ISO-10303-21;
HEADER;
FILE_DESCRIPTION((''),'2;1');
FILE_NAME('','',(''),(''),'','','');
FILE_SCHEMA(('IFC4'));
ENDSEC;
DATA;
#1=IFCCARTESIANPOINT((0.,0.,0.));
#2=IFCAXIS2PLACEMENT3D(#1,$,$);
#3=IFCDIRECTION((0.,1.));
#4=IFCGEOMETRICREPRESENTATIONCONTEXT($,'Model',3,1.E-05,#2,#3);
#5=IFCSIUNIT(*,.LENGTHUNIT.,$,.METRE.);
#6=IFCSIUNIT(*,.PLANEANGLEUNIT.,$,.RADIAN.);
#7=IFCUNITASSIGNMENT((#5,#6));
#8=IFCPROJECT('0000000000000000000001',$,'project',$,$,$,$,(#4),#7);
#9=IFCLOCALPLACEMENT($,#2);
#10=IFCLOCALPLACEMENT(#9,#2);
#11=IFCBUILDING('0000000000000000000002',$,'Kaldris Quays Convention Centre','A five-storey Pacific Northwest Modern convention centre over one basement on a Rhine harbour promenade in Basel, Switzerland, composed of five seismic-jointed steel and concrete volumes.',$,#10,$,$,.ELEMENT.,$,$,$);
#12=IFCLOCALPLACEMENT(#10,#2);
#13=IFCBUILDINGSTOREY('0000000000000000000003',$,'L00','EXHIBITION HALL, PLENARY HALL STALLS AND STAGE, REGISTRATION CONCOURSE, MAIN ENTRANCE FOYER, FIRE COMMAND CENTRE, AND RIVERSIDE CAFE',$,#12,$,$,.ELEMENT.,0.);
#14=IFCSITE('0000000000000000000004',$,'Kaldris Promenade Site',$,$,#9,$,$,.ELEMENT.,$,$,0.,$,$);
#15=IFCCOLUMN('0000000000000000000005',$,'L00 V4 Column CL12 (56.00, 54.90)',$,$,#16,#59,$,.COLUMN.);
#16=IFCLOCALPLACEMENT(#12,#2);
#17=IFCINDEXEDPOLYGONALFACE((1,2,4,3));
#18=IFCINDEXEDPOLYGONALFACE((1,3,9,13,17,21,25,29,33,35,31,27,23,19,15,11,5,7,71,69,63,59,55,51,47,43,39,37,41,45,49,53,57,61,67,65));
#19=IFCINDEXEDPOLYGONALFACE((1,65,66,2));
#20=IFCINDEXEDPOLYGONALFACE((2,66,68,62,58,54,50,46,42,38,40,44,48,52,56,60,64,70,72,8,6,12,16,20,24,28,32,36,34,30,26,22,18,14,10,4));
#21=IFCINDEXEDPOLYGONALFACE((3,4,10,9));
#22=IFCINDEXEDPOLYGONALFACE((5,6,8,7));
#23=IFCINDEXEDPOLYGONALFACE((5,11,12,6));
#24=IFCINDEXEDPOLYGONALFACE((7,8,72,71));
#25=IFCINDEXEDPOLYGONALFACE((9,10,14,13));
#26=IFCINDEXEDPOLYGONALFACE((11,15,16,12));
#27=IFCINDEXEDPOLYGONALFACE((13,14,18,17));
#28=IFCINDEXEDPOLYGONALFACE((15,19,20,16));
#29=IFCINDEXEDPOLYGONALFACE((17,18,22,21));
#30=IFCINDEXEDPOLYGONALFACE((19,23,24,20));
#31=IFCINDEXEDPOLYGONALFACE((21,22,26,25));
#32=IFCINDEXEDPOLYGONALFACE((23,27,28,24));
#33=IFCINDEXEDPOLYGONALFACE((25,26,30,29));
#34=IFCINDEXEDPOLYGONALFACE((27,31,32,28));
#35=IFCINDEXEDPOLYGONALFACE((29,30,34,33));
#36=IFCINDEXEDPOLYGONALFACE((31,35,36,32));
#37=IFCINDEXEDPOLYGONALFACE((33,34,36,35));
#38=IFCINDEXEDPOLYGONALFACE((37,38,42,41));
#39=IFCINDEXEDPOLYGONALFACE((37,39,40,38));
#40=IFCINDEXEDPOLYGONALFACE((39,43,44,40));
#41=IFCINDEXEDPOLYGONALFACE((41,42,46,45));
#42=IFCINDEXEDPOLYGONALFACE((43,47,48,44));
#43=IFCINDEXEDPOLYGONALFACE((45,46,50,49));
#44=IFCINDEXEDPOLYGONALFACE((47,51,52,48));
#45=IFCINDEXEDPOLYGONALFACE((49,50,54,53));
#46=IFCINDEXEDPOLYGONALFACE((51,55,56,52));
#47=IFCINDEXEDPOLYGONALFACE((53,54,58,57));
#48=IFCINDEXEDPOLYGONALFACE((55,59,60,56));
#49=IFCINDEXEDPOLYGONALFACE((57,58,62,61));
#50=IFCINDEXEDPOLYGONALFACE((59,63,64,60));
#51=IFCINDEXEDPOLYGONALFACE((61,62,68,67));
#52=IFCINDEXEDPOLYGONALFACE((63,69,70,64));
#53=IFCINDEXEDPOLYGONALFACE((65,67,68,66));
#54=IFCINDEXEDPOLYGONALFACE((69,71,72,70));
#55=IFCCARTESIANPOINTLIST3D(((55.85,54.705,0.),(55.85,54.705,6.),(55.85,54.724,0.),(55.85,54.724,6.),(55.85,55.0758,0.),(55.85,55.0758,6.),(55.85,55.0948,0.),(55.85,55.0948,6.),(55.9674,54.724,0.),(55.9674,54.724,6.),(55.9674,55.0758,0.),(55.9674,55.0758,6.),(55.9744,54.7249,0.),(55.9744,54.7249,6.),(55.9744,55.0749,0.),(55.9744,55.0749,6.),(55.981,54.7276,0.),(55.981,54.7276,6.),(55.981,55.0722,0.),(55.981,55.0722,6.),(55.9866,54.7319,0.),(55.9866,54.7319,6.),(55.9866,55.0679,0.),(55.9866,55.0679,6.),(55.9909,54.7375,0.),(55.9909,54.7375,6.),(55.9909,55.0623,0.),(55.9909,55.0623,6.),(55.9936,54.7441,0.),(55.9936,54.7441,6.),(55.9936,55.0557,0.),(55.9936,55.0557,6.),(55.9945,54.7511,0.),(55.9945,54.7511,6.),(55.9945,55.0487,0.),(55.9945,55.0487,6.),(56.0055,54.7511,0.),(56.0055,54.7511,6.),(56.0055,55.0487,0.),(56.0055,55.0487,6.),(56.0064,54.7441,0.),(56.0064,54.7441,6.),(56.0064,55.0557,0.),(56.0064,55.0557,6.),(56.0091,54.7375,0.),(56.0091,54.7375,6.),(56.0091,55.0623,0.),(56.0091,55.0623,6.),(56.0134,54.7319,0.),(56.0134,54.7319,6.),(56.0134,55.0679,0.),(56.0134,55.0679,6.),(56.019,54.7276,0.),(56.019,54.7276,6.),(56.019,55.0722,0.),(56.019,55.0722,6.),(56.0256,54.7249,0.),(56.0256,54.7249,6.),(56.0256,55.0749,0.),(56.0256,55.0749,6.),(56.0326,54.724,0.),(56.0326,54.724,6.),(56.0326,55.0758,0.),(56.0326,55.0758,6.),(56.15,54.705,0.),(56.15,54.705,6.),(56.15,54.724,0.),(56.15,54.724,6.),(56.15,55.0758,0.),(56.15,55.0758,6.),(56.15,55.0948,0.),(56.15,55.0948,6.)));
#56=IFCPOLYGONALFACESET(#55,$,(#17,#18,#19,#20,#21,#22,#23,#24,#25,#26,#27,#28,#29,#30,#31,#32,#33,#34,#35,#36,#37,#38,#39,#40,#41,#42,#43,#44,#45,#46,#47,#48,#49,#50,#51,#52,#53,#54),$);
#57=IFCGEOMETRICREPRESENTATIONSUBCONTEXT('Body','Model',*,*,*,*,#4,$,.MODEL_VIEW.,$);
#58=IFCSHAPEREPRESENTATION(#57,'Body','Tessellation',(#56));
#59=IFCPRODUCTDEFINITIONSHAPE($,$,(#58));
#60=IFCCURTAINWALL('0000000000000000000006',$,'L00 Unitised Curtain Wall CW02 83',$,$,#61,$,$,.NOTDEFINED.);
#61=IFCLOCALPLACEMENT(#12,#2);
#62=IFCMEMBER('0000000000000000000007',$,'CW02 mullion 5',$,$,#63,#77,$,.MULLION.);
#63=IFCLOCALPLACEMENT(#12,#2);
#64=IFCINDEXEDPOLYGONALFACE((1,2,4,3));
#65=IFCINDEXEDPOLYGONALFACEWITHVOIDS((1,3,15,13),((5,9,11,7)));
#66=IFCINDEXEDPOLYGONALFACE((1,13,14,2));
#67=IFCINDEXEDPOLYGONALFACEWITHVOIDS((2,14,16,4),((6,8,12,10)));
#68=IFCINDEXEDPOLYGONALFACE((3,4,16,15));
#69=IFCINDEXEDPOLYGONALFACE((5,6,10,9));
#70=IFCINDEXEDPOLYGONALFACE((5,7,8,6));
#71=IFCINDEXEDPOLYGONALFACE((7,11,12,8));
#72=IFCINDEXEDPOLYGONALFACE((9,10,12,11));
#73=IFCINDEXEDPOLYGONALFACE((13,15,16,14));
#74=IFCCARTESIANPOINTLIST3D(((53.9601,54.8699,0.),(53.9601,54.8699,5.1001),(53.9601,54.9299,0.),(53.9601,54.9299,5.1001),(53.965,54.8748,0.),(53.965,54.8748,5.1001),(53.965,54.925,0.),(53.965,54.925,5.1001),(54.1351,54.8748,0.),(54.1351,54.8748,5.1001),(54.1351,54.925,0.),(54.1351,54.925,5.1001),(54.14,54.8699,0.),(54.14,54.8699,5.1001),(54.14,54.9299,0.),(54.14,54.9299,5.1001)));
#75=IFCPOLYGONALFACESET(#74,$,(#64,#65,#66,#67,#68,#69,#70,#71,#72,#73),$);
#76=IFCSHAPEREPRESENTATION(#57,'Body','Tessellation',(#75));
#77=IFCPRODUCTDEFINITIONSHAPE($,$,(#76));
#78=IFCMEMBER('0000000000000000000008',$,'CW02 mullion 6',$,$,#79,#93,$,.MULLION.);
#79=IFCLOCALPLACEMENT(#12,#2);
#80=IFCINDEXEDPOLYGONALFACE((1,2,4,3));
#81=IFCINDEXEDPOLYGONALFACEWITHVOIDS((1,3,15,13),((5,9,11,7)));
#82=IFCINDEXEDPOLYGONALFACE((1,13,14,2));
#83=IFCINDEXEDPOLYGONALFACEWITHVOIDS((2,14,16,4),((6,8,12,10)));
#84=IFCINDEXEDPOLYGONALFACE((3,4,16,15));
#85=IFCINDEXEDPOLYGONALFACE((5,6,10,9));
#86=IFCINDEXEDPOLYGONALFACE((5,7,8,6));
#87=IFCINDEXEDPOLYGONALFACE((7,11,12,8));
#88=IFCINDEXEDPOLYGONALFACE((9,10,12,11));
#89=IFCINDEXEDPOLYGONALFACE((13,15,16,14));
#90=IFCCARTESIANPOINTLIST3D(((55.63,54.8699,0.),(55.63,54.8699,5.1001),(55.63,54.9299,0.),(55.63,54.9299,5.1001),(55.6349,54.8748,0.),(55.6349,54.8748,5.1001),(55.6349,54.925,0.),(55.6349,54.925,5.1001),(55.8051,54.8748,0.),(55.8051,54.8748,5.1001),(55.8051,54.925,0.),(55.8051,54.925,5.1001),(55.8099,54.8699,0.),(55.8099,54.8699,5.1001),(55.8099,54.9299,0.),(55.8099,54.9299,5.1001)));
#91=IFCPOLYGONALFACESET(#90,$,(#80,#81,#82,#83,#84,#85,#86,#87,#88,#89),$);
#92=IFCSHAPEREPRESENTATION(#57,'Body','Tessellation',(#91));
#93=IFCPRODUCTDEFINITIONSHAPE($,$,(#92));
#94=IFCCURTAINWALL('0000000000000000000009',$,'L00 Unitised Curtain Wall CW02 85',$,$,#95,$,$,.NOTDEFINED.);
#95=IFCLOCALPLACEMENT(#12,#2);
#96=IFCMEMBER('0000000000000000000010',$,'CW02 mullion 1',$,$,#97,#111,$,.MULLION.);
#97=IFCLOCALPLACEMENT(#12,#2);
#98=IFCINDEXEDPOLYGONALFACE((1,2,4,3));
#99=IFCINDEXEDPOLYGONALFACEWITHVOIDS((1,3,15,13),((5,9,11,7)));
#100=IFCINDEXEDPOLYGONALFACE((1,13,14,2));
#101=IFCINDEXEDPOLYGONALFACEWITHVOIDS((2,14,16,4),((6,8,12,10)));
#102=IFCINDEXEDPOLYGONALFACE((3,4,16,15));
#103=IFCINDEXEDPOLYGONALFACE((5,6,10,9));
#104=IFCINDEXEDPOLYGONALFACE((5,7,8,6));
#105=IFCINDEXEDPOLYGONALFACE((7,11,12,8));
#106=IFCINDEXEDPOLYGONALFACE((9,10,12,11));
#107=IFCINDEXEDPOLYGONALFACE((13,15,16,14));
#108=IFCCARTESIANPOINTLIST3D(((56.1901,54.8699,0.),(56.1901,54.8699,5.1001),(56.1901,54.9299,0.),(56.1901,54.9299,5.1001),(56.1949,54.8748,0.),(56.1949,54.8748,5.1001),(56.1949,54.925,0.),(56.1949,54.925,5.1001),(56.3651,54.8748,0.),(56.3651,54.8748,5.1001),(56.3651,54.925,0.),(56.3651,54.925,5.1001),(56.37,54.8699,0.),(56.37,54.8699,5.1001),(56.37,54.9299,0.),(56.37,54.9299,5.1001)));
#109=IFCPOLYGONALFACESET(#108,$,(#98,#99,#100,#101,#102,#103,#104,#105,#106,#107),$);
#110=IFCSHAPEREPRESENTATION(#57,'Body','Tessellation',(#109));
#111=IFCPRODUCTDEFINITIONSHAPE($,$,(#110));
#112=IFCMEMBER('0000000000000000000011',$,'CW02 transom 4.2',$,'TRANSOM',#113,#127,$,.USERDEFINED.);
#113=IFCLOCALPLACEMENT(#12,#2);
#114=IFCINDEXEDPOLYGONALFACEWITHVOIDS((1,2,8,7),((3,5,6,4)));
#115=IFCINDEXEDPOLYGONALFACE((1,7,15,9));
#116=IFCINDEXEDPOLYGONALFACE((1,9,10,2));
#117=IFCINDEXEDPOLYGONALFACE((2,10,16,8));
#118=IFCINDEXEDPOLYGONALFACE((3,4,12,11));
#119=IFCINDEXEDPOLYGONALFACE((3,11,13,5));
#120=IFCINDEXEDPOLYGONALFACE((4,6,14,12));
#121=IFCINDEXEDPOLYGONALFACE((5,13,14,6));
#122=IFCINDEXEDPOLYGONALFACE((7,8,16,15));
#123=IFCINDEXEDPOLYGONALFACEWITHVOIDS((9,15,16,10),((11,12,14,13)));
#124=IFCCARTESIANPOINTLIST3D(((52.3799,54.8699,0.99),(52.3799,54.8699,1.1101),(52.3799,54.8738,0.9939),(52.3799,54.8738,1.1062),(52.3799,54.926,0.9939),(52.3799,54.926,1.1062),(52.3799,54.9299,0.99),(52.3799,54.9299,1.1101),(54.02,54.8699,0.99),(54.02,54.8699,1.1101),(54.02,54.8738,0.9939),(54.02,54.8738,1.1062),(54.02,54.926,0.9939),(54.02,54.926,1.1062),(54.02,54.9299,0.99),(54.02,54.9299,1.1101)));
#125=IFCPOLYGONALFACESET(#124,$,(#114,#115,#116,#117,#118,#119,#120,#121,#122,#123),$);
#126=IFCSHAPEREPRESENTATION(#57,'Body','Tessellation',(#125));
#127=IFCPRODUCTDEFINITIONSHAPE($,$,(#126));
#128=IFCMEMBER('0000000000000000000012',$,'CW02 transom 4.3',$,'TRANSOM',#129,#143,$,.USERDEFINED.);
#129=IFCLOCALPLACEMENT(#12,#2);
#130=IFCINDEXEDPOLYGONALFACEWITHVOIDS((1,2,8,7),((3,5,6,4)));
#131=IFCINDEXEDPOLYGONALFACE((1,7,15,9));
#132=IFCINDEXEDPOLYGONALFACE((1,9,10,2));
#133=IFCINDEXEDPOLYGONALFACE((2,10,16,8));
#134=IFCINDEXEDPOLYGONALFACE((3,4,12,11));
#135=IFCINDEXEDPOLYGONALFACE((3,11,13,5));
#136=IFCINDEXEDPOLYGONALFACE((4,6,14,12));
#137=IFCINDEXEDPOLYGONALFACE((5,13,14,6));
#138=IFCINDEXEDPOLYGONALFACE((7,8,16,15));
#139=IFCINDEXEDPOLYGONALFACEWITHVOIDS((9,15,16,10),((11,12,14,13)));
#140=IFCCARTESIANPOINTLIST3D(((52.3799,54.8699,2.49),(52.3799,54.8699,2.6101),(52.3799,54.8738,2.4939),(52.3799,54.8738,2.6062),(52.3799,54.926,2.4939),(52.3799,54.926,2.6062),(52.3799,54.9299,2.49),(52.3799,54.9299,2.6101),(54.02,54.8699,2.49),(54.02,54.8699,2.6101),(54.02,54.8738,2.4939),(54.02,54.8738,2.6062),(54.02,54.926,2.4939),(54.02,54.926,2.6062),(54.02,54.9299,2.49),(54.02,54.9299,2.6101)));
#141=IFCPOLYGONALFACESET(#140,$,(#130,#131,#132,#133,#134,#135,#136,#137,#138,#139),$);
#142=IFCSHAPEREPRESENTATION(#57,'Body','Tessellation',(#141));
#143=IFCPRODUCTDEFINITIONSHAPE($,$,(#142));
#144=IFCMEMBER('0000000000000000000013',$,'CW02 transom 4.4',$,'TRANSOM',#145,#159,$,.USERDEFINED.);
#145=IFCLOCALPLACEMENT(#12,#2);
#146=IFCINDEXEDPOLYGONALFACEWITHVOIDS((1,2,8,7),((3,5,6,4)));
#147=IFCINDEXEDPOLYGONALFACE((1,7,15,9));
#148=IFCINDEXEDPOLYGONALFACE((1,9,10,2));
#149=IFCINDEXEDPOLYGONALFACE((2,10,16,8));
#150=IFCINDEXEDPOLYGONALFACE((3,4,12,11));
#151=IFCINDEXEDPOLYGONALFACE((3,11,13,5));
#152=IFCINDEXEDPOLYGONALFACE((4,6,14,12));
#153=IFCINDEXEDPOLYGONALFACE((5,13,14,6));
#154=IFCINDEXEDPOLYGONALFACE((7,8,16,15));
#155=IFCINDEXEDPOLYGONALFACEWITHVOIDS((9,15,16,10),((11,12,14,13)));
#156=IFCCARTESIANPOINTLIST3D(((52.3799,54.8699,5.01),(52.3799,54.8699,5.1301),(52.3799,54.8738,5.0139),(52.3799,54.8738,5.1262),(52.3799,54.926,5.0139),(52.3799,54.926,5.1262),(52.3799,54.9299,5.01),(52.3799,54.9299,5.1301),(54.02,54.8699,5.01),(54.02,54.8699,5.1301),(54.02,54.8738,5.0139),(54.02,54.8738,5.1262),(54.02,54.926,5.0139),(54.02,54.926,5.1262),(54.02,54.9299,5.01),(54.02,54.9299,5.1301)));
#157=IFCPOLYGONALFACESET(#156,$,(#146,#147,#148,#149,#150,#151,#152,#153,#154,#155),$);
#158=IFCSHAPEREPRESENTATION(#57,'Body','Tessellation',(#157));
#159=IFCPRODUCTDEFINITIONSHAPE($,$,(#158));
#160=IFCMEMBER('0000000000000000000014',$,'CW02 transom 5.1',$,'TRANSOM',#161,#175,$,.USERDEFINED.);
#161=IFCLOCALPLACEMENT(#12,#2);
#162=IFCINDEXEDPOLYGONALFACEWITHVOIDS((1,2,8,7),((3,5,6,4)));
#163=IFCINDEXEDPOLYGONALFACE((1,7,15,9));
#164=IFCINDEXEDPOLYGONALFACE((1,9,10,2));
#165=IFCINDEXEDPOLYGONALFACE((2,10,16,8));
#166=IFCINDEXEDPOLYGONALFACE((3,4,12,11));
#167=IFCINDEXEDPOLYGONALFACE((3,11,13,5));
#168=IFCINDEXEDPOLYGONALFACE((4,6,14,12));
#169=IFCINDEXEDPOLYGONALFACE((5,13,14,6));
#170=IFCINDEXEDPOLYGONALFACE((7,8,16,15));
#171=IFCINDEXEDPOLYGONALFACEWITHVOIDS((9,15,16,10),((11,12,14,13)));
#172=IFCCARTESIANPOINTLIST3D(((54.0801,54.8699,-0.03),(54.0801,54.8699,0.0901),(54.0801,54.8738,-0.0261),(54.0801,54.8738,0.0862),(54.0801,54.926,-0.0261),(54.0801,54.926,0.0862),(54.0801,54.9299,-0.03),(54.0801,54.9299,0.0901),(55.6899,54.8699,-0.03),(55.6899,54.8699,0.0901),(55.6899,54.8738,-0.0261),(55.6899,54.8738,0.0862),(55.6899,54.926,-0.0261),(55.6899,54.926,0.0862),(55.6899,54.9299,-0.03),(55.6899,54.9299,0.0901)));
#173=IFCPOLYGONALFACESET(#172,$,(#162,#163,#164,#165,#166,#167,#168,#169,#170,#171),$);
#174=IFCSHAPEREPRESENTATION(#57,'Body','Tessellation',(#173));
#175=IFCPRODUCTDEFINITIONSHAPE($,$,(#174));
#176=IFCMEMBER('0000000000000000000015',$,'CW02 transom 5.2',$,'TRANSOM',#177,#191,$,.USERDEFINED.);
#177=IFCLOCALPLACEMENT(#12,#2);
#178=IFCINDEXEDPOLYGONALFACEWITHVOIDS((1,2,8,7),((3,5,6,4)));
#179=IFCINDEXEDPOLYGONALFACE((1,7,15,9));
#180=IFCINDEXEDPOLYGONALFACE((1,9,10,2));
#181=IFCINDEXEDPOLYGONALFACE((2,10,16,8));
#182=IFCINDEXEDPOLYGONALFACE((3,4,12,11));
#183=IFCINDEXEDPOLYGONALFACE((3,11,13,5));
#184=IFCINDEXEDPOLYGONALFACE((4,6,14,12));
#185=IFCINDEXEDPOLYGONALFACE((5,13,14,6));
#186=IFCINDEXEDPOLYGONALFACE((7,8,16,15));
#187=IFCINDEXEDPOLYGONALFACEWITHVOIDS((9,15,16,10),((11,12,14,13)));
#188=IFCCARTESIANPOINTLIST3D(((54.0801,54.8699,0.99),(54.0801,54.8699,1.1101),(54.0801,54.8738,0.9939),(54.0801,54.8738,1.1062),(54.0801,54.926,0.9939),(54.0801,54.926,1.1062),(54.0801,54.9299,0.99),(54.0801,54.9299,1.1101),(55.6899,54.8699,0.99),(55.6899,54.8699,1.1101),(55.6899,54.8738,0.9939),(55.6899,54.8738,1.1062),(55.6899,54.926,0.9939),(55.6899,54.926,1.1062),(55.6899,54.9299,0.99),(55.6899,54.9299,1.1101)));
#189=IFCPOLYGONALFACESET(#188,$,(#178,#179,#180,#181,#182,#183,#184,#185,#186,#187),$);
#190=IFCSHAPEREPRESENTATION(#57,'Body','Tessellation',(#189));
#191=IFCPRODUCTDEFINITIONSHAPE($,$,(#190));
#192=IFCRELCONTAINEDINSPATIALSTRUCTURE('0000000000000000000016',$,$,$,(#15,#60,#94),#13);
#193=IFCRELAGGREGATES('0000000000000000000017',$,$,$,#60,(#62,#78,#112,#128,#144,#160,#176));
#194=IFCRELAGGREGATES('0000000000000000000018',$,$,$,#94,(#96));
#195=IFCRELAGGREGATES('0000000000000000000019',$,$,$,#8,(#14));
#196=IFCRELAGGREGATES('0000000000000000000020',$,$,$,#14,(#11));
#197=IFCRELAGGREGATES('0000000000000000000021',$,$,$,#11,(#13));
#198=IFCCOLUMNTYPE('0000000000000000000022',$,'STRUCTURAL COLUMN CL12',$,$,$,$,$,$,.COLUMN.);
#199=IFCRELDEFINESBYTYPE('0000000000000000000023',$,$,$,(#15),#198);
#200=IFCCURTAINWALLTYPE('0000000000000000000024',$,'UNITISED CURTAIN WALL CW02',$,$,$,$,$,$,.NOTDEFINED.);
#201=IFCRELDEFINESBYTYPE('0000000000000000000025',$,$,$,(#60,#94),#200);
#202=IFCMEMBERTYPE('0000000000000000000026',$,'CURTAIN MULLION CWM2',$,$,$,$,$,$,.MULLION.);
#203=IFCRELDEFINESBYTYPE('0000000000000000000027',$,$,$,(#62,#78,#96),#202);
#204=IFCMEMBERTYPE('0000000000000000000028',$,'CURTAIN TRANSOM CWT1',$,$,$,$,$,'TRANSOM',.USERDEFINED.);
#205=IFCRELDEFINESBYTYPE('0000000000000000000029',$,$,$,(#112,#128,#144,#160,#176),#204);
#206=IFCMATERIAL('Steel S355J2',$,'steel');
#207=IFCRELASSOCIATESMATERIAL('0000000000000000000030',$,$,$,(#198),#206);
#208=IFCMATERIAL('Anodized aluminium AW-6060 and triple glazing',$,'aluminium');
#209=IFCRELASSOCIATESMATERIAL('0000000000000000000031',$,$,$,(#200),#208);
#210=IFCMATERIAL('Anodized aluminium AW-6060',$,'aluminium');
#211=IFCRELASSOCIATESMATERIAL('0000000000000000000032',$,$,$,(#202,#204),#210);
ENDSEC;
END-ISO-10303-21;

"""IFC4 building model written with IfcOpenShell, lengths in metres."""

from ifc_helpers import new_model, si_unit, direction, frame, origin, origin_2d, place, context, subcontext, project, spatial, hollow_rectangle, i_section, extrude, material, material_profile, profile_set, type_object, element, aggregate, save


model = new_model("IFC4")

# Units and contexts
model_context = context("Model", 3, precision=1e-05, world=origin(), true_north=direction((0.0, 1.0)))
body_context = subcontext(model_context, "Body", "Model", "MODEL_VIEW")
ifc_project = project(units=[si_unit("LENGTHUNIT", "METRE"), si_unit("PLANEANGLEUNIT", "RADIAN")], contexts=[model_context])

# Site, building, storey
site_placement = place(None, origin())
site = spatial("IfcSite", under=ifc_project, at=site_placement, Name="Kaldris Promenade Site", CompositionType="ELEMENT", RefElevation=0.0)
building_placement = place(site_placement, origin())
building = spatial("IfcBuilding", under=site, at=building_placement, Name="Kaldris Quays Convention Centre", Description="A five-storey Pacific Northwest Modern convention centre over one basement on a Rhine harbour promenade in Basel, Switzerland, composed of five seismic-jointed steel and concrete volumes.", CompositionType="ELEMENT")
storey_placement = place(building_placement, origin())
storey = spatial("IfcBuildingStorey", under=building, at=storey_placement, Name="L00", Description="EXHIBITION HALL, PLENARY HALL STALLS AND STAGE, REGISTRATION CONCOURSE, MAIN ENTRANCE FOYER, FIRE COMMAND CENTRE, AND RIVERSIDE CAFE", CompositionType="ELEMENT", Elevation=0.0)

# Column
ifc_material_1 = material(Name="Steel S355J2", Category="steel")
ifc_material_profile_1 = material_profile(ifc_material_1, i_section(OverallWidth=0.3, OverallDepth=0.3899, WebThickness=0.011, FlangeThickness=0.019, FilletRadius=0.0271, at=origin_2d()), Name="HEA 400")
ifc_profile_set_1 = profile_set([ifc_material_profile_1], Name="Steel S355J2")
column_type = type_object("IfcColumnType", Name="STRUCTURAL COLUMN CL12", PredefinedType="COLUMN", material=ifc_profile_set_1)
column_placement = place(storey_placement, frame((56.0, 54.8999, 0.0), z_axis=(0.0, 0.0, 1.0), x_axis=(1.0, 0.0, 0.0)))
element("IfcColumn", 1, at=column_placement, inside=storey, type_object=column_type, Name="L00 V4 Column CL12 (56.00, 54.90)", PredefinedType="COLUMN", context=body_context, shape_type="SweptSolid", body=[
    extrude(i_section(OverallWidth=0.3, OverallDepth=0.3899, WebThickness=0.011, FlangeThickness=0.019, FilletRadius=0.0271, at=origin_2d()), origin(), (0.0, 0.0, 1.0), 6.0),
])

# Curtain wall, members
ifc_material_2 = material(Name="Anodized aluminium AW-6060 and triple glazing", Category="aluminium")
curtain_wall_type = type_object("IfcCurtainWallType", Name="UNITISED CURTAIN WALL CW02", PredefinedType="NOTDEFINED", material=ifc_material_2)
curtain_wall_1_placement = place(storey_placement, origin())
curtain_wall_1 = element("IfcCurtainWall", 2, at=curtain_wall_1_placement, inside=storey, type_object=curtain_wall_type, Name="L00 Unitised Curtain Wall CW02 83", PredefinedType="NOTDEFINED")
ifc_material_3 = material(Name="Anodized aluminium AW-6060", Category="aluminium")
ifc_material_profile_2 = material_profile(ifc_material_3, hollow_rectangle(XDim=0.0601, YDim=0.1799, WallThickness=0.0049, at=origin_2d()), Name="RHS 180x60x5")
ifc_profile_set_2 = profile_set([ifc_material_profile_2], Name="Anodized aluminium AW-6060")
member_type_1 = type_object("IfcMemberType", Name="CURTAIN MULLION CWM2", PredefinedType="MULLION", material=ifc_profile_set_2)
member_1_placement = place(storey_placement, frame((54.05, 54.8999, 0.0), z_axis=(0.0, 0.0, 1.0), x_axis=(0.0, 1.0, 0.0)))
member_1 = element("IfcMember", 3, at=member_1_placement, type_object=member_type_1, Name="CW02 mullion 5", PredefinedType="MULLION", context=body_context, shape_type="SweptSolid", body=[
    extrude(hollow_rectangle(XDim=0.0601, YDim=0.1799, WallThickness=0.0049, at=origin_2d()), origin(), (0.0, 0.0, 1.0), 5.1001),
])
member_2_placement = place(storey_placement, frame((55.72, 54.8999, 0.0), z_axis=(0.0, 0.0, 1.0), x_axis=(0.0, 1.0, 0.0)))
member_2 = element("IfcMember", 4, at=member_2_placement, type_object=member_type_1, Name="CW02 mullion 6", PredefinedType="MULLION", context=body_context, shape_type="SweptSolid", body=[
    extrude(hollow_rectangle(XDim=0.0601, YDim=0.1799, WallThickness=0.0049, at=origin_2d()), origin(), (0.0, 0.0, 1.0), 5.1001),
])

# Curtain wall, member
curtain_wall_2_placement = place(storey_placement, origin())
curtain_wall_2 = element("IfcCurtainWall", 5, at=curtain_wall_2_placement, inside=storey, type_object=curtain_wall_type, Name="L00 Unitised Curtain Wall CW02 85", PredefinedType="NOTDEFINED")
member_3_placement = place(storey_placement, frame((56.28, 54.8999, 0.0), z_axis=(0.0, 0.0, 1.0), x_axis=(0.0, 1.0, 0.0)))
member_3 = element("IfcMember", 6, at=member_3_placement, type_object=member_type_1, Name="CW02 mullion 1", PredefinedType="MULLION", context=body_context, shape_type="SweptSolid", body=[
    extrude(hollow_rectangle(XDim=0.0601, YDim=0.1799, WallThickness=0.0049, at=origin_2d()), origin(), (0.0, 0.0, 1.0), 5.1001),
])

# Members
ifc_material_profile_3 = material_profile(ifc_material_3, hollow_rectangle(XDim=0.0601, YDim=0.1201, WallThickness=0.0039, at=origin_2d()), Name="RHS 120x60x4")
ifc_profile_set_3 = profile_set([ifc_material_profile_3], Name="Anodized aluminium AW-6060")
member_type_2 = type_object("IfcMemberType", Name="CURTAIN TRANSOM CWT1", ElementType="TRANSOM", PredefinedType="USERDEFINED", material=ifc_profile_set_3)
member_4_placement = place(storey_placement, frame((52.3799, 54.8999, 1.05), z_axis=(1.0, 0.0, 0.0), x_axis=(0.0, 1.0, 0.0)))
member_4 = element("IfcMember", 7, at=member_4_placement, type_object=member_type_2, Name="CW02 transom 4.2", ObjectType="TRANSOM", PredefinedType="USERDEFINED", context=body_context, shape_type="SweptSolid", body=[
    extrude(hollow_rectangle(XDim=0.0601, YDim=0.1201, WallThickness=0.0039, at=origin_2d()), origin(), (0.0, 0.0, 1.0), 1.6401),
])
member_5_placement = place(storey_placement, frame((52.3799, 54.8999, 2.55), z_axis=(1.0, 0.0, 0.0), x_axis=(0.0, 1.0, 0.0)))
member_5 = element("IfcMember", 8, at=member_5_placement, type_object=member_type_2, Name="CW02 transom 4.3", ObjectType="TRANSOM", PredefinedType="USERDEFINED", context=body_context, shape_type="SweptSolid", body=[
    extrude(hollow_rectangle(XDim=0.0601, YDim=0.1201, WallThickness=0.0039, at=origin_2d()), origin(), (0.0, 0.0, 1.0), 1.6401),
])
member_6_placement = place(storey_placement, frame((52.3799, 54.8999, 5.0701), z_axis=(1.0, 0.0, 0.0), x_axis=(0.0, 1.0, 0.0)))
member_6 = element("IfcMember", 9, at=member_6_placement, type_object=member_type_2, Name="CW02 transom 4.4", ObjectType="TRANSOM", PredefinedType="USERDEFINED", context=body_context, shape_type="SweptSolid", body=[
    extrude(hollow_rectangle(XDim=0.0601, YDim=0.1201, WallThickness=0.0039, at=origin_2d()), origin(), (0.0, 0.0, 1.0), 1.6401),
])
member_7_placement = place(storey_placement, frame((54.0801, 54.8999, 0.03), z_axis=(1.0, 0.0, 0.0), x_axis=(0.0, 1.0, 0.0)))
member_7 = element("IfcMember", 10, at=member_7_placement, type_object=member_type_2, Name="CW02 transom 5.1", ObjectType="TRANSOM", PredefinedType="USERDEFINED", context=body_context, shape_type="SweptSolid", body=[
    extrude(hollow_rectangle(XDim=0.0601, YDim=0.1201, WallThickness=0.0039, at=origin_2d()), origin(), (0.0, 0.0, 1.0), 1.6099),
])
member_8_placement = place(storey_placement, frame((54.0801, 54.8999, 1.05), z_axis=(1.0, 0.0, 0.0), x_axis=(0.0, 1.0, 0.0)))
member_8 = element("IfcMember", 11, at=member_8_placement, type_object=member_type_2, Name="CW02 transom 5.2", ObjectType="TRANSOM", PredefinedType="USERDEFINED", context=body_context, shape_type="SweptSolid", body=[
    extrude(hollow_rectangle(XDim=0.0601, YDim=0.1201, WallThickness=0.0039, at=origin_2d()), origin(), (0.0, 0.0, 1.0), 1.6099),
])

aggregate(curtain_wall_1, [member_1, member_2, member_4, member_5, member_6, member_7, member_8])
aggregate(curtain_wall_2, [member_3])

save(model, "model.ifc")
